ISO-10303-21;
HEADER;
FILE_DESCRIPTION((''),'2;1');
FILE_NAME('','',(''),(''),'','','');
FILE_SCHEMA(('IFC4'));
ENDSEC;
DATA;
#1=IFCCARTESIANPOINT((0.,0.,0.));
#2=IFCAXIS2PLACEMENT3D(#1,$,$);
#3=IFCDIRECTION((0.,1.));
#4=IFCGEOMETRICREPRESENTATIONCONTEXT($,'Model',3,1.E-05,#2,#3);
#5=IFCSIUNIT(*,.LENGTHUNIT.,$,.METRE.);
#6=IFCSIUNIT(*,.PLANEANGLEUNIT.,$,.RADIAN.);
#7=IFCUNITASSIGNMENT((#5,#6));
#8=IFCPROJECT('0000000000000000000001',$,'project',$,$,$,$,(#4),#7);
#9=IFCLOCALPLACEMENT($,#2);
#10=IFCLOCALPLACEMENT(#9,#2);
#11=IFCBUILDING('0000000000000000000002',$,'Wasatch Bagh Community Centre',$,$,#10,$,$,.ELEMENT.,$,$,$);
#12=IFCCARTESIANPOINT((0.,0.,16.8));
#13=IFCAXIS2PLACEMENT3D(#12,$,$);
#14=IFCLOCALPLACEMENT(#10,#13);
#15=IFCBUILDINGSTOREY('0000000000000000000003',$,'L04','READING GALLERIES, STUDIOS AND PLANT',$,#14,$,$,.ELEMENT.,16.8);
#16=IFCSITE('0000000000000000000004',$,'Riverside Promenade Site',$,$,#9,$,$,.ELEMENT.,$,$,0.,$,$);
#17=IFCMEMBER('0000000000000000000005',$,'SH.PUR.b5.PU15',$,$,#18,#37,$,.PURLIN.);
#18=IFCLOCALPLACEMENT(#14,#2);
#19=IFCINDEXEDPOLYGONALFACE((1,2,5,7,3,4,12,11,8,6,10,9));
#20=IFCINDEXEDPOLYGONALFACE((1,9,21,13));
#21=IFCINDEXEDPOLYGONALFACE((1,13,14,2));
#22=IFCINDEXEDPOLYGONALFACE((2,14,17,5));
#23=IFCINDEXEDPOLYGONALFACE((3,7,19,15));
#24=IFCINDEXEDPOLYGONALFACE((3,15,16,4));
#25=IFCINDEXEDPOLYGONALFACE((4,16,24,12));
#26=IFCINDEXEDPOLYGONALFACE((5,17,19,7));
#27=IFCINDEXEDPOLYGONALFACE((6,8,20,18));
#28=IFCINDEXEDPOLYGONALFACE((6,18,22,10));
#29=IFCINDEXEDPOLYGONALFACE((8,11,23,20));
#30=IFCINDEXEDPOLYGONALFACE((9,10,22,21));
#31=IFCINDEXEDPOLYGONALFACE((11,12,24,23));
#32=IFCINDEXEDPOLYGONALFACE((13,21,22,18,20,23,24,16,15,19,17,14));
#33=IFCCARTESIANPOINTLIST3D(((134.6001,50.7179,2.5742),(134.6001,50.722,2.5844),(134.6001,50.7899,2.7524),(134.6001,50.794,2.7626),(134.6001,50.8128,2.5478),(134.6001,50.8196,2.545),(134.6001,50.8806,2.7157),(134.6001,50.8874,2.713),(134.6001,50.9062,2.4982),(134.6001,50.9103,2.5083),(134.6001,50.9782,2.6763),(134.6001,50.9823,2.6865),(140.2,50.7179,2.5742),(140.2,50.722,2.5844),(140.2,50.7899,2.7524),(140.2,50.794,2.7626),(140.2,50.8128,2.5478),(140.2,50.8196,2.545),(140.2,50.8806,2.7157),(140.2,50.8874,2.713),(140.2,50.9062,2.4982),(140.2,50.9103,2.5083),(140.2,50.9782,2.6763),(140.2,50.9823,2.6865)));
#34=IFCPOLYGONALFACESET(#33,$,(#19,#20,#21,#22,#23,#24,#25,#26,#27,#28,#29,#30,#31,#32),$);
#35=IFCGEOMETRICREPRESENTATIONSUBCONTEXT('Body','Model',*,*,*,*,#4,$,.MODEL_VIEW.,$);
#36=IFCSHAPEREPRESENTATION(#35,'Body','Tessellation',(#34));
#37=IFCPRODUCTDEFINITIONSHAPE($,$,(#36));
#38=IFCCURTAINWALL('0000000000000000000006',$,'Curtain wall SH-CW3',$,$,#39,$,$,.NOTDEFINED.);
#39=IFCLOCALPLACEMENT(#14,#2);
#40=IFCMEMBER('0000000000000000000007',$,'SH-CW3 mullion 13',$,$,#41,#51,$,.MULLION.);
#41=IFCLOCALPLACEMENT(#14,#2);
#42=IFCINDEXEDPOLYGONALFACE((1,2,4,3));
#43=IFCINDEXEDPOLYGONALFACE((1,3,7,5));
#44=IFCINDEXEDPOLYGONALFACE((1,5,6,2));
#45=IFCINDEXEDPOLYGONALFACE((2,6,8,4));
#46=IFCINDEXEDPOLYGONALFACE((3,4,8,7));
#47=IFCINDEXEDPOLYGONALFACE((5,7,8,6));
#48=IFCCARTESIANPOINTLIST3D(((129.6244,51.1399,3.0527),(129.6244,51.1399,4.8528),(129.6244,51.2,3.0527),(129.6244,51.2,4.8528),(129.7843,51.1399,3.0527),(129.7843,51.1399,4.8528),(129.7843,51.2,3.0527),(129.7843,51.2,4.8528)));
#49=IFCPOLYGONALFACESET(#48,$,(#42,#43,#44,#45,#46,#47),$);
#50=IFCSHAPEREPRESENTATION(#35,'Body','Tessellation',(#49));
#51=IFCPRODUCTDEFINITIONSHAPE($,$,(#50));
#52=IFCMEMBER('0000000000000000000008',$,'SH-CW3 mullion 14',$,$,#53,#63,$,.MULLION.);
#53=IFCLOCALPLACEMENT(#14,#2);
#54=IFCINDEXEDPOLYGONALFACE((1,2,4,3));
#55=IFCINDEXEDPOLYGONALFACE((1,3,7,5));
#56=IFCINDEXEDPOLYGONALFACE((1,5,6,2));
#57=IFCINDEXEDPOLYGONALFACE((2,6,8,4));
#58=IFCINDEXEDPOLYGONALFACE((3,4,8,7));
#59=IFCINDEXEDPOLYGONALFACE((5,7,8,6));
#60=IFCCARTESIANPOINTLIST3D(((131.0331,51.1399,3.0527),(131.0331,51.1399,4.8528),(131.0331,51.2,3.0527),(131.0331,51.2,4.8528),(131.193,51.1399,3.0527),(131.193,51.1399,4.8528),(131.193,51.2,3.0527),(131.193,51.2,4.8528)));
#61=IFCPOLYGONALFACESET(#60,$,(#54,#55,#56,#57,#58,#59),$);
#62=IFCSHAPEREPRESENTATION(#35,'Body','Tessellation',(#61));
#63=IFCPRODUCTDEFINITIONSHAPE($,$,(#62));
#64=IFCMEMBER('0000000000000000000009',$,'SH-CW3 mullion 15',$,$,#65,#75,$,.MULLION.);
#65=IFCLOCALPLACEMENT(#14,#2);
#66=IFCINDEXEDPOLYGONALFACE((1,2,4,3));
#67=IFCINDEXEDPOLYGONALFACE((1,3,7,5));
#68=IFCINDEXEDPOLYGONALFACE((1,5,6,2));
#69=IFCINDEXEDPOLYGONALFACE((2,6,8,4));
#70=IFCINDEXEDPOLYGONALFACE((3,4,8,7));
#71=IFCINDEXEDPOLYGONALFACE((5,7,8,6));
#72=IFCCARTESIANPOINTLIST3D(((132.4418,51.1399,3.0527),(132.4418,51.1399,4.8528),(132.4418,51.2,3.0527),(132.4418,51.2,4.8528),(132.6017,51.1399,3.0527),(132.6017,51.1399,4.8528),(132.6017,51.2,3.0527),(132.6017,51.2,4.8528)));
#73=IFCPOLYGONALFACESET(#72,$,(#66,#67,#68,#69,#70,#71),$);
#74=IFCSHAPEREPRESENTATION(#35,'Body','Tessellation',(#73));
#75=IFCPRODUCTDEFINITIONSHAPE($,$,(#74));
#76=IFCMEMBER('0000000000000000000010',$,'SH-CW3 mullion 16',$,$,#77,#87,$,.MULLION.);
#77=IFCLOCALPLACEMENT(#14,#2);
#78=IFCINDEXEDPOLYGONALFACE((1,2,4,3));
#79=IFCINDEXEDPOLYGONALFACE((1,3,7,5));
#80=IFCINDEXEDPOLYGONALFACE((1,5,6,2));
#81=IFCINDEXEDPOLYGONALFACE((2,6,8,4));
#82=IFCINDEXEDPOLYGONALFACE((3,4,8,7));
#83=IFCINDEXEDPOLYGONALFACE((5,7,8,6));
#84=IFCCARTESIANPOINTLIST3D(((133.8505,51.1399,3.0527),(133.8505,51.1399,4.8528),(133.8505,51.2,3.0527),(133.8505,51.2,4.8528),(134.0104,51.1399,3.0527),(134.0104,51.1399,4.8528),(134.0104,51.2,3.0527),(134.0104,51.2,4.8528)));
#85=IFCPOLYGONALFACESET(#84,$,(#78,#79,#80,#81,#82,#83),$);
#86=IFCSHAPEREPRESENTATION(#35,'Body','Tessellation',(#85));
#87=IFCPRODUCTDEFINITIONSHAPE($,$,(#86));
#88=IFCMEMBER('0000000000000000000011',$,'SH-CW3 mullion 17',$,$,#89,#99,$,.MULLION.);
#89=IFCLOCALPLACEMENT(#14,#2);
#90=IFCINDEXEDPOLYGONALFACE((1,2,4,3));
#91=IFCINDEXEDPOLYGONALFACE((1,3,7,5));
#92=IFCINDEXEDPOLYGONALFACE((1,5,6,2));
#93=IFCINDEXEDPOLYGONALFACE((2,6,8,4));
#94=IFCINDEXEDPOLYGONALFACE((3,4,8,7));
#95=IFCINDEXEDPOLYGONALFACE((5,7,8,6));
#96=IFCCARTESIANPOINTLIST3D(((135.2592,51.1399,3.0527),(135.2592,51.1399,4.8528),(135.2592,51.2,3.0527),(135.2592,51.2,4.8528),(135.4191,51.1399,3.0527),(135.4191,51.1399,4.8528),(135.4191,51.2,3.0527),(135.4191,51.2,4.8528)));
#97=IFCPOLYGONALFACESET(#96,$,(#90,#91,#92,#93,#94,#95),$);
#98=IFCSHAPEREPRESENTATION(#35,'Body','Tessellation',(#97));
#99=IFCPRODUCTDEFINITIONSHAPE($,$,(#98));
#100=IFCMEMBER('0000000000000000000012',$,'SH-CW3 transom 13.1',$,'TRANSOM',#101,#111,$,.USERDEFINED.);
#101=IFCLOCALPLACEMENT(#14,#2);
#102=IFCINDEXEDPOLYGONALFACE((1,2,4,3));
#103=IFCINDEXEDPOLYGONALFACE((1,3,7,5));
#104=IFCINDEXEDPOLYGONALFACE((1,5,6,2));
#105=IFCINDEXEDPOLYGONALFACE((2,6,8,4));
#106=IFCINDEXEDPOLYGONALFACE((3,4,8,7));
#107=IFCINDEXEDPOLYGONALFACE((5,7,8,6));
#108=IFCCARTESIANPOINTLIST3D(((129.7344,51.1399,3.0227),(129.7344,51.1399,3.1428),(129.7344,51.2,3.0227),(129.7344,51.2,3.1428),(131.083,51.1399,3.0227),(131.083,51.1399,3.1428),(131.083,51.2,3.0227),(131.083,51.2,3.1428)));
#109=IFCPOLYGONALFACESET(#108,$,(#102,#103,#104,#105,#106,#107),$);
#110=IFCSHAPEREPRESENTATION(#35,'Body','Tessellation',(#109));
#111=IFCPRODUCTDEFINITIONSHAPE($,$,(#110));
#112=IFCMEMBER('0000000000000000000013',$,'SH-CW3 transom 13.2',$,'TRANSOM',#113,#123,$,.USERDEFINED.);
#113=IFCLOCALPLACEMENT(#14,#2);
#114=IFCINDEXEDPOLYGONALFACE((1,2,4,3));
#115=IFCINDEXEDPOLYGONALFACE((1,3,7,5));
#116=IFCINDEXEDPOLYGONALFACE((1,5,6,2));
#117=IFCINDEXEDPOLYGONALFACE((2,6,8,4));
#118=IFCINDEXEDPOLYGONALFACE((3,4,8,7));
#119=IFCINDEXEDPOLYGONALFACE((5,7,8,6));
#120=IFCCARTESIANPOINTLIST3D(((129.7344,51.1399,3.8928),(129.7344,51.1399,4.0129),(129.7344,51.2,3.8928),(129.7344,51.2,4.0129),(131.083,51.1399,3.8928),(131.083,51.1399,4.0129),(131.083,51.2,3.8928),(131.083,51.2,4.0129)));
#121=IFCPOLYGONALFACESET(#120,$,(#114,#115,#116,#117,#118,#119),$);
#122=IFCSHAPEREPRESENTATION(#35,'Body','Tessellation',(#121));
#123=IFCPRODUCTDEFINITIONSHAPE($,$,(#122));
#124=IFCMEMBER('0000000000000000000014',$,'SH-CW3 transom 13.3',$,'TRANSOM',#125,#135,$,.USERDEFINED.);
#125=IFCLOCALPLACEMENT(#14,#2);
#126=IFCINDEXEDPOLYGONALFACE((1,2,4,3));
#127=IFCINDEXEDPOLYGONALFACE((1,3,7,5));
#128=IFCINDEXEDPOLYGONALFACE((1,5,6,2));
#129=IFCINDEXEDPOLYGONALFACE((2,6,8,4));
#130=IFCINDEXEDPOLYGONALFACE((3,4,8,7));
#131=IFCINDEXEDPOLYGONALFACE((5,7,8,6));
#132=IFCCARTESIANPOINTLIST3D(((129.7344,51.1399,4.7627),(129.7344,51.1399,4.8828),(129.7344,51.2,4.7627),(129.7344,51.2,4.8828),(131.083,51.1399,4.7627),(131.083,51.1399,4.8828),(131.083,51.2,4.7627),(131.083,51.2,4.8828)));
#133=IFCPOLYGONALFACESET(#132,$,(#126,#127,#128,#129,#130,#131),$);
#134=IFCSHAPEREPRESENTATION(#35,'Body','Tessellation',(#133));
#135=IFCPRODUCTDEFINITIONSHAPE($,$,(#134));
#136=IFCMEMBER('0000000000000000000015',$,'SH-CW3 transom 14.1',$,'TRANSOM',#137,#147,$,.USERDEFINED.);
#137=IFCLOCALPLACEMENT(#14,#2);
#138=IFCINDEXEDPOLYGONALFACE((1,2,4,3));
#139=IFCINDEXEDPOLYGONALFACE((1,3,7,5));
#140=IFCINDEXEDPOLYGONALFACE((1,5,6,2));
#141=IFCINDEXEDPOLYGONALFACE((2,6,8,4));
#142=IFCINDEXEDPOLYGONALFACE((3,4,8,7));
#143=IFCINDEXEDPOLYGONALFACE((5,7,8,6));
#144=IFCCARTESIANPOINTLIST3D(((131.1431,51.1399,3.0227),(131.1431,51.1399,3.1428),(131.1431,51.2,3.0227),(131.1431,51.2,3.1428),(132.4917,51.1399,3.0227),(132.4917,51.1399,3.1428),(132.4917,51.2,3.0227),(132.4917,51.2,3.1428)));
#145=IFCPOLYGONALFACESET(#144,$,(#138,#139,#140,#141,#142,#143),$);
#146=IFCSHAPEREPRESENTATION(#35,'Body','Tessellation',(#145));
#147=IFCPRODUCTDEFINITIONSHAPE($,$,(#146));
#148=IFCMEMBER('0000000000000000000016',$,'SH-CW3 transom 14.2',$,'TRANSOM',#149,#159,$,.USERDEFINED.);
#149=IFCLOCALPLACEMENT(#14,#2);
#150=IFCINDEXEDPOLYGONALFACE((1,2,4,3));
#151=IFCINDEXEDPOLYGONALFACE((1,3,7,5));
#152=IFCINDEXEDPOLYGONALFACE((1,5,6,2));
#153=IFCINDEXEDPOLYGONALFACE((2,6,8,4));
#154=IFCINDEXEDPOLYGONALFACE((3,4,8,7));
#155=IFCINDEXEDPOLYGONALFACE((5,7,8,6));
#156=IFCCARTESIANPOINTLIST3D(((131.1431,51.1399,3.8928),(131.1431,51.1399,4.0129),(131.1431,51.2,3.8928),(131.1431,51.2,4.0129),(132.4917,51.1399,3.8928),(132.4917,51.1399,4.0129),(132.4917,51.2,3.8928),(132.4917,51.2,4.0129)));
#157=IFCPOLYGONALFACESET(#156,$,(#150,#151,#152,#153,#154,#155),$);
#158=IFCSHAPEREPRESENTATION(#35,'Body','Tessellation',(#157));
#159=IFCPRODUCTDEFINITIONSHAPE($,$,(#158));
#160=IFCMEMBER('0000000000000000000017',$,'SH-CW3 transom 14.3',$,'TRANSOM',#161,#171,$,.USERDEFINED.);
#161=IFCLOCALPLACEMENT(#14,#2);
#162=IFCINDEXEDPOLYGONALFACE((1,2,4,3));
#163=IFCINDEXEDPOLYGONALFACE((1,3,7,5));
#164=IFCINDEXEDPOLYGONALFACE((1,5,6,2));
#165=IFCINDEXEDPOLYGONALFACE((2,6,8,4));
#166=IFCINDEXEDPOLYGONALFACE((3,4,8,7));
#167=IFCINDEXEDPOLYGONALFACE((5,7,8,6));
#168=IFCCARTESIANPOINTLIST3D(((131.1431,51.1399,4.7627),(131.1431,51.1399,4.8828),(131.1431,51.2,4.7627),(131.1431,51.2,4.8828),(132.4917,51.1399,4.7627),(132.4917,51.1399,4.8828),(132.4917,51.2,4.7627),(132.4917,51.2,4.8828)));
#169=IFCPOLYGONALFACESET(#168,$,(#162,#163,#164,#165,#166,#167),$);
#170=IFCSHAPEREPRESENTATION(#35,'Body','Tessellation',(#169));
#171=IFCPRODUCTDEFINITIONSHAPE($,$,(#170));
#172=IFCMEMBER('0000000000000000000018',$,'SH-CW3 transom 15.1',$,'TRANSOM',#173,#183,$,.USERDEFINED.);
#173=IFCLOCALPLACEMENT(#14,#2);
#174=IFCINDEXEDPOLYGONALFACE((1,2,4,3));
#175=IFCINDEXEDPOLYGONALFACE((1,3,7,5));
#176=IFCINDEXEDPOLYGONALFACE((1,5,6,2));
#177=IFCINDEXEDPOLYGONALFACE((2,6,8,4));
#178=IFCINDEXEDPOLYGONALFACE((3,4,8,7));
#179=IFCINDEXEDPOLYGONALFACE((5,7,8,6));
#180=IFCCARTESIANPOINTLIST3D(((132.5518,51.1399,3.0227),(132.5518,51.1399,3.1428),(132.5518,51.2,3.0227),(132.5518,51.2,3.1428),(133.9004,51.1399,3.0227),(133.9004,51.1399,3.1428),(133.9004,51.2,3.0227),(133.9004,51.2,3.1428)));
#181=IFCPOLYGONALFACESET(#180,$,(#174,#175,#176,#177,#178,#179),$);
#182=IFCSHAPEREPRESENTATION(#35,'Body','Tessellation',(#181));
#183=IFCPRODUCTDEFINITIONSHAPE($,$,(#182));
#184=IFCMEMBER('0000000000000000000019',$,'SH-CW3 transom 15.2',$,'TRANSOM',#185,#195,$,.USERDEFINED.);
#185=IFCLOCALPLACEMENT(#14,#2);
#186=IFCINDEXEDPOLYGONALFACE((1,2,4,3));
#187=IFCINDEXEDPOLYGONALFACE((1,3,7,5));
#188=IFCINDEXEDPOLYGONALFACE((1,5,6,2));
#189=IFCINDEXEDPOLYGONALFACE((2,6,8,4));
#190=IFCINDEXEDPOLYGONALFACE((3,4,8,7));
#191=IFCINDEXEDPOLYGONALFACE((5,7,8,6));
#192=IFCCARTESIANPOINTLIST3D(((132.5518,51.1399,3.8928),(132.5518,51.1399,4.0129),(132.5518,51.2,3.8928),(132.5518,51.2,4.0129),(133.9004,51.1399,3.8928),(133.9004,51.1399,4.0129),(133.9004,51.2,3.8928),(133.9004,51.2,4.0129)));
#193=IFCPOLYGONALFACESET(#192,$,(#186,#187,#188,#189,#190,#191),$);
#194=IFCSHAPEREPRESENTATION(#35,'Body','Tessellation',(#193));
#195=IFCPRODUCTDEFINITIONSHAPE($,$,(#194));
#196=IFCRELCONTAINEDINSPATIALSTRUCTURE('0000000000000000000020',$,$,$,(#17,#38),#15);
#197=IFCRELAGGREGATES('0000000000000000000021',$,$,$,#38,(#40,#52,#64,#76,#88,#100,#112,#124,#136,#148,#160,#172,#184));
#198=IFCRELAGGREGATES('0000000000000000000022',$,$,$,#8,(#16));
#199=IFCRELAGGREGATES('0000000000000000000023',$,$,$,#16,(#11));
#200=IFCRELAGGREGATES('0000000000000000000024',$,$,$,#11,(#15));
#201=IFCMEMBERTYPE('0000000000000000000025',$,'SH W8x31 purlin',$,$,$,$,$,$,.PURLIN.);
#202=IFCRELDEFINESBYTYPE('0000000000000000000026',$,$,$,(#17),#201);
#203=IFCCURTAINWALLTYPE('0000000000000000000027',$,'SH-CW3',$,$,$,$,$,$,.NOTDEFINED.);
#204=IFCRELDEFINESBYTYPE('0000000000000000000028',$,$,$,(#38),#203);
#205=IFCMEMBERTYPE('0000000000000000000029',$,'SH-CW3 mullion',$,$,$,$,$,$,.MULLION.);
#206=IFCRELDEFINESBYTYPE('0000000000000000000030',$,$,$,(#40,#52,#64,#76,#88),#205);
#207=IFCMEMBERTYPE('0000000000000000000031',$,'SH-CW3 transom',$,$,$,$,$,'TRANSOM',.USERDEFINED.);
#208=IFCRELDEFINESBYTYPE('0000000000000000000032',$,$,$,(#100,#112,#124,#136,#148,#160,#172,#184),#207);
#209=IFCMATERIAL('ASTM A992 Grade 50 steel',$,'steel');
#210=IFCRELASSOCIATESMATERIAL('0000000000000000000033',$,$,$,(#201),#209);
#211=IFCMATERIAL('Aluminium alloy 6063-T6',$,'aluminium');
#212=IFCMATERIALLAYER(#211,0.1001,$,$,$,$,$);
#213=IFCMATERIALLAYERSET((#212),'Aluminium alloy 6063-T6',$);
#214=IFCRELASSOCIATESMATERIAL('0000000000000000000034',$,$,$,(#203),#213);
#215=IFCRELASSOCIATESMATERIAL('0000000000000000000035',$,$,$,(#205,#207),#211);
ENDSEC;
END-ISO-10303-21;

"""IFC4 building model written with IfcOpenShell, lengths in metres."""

from ifc_helpers import new_model, si_unit, direction, frame, origin, origin_2d, place, context, subcontext, project, spatial, rectangle, i_section, extrude, material, layer, layer_set, material_profile, profile_set, type_object, element, aggregate, save


model = new_model("IFC4")

# Units and contexts
model_context = context("Model", 3, precision=1e-05, world=origin(), true_north=direction((0.0, 1.0)))
body_context = subcontext(model_context, "Body", "Model", "MODEL_VIEW")
ifc_project = project(units=[si_unit("LENGTHUNIT", "METRE"), si_unit("PLANEANGLEUNIT", "RADIAN")], contexts=[model_context])

# Site, building, storey
site_placement = place(None, origin())
site = spatial("IfcSite", under=ifc_project, at=site_placement, Name="Riverside Promenade Site", CompositionType="ELEMENT", RefElevation=0.0)
building_placement = place(site_placement, origin())
building = spatial("IfcBuilding", under=site, at=building_placement, Name="Wasatch Bagh Community Centre", CompositionType="ELEMENT")
storey_placement = place(building_placement, frame((0.0, 0.0, 16.8)))
storey = spatial("IfcBuildingStorey", under=building, at=storey_placement, Name="L04", Description="READING GALLERIES, STUDIOS AND PLANT", CompositionType="ELEMENT", Elevation=16.8)

# Member
ifc_material_1 = material(Name="ASTM A992 Grade 50 steel", Category="steel")
ifc_material_profile_1 = material_profile(ifc_material_1, i_section(OverallWidth=0.2031, OverallDepth=0.2031, WebThickness=0.0073, FlangeThickness=0.011, at=origin_2d()), Name="W8x31")
ifc_profile_set_1 = profile_set([ifc_material_profile_1], Name="ASTM A992 Grade 50 steel")
member_type_1 = type_object("IfcMemberType", Name="SH W8x31 purlin", PredefinedType="PURLIN", material=ifc_profile_set_1)
member_1_placement = place(storey_placement, frame((134.6001, 50.8501, 2.6304), z_axis=(1.0, 0.0, 0.0), x_axis=(0.0, 0.927184, -0.374607)))
element("IfcMember", 1, at=member_1_placement, inside=storey, type_object=member_type_1, Name="SH.PUR.b5.PU15", PredefinedType="PURLIN", context=body_context, shape_type="SweptSolid", body=[
    extrude(i_section(OverallWidth=0.2031, OverallDepth=0.2031, WebThickness=0.0073, FlangeThickness=0.011, at=origin_2d()), origin(), (0.0, 0.0, 1.0), 5.5999),
])

# Curtain wall, members
ifc_material_2 = material(Name="Aluminium alloy 6063-T6", Category="aluminium")
ifc_layer_1 = layer(ifc_material_2, 0.1001)
ifc_layer_set_1 = layer_set([ifc_layer_1], Name="Aluminium alloy 6063-T6")
curtain_wall_type = type_object("IfcCurtainWallType", Name="SH-CW3", PredefinedType="NOTDEFINED", material=ifc_layer_set_1)
curtain_wall_placement = place(storey_placement, origin())
curtain_wall = element("IfcCurtainWall", 2, at=curtain_wall_placement, inside=storey, type_object=curtain_wall_type, Name="Curtain wall SH-CW3", PredefinedType="NOTDEFINED")
ifc_material_profile_2 = material_profile(ifc_material_2, rectangle(XDim=0.0601, YDim=0.1599, at=origin_2d()), Name="AL 60x160")
ifc_profile_set_2 = profile_set([ifc_material_profile_2], Name="Aluminium alloy 6063-T6")
member_type_2 = type_object("IfcMemberType", Name="SH-CW3 mullion", PredefinedType="MULLION", material=ifc_profile_set_2)
member_2_placement = place(storey_placement, frame((129.7043, 51.1699, 3.0527), z_axis=(0.0, 0.0, 1.0), x_axis=(0.0, 1.0, 0.0)))
member_2 = element("IfcMember", 3, at=member_2_placement, type_object=member_type_2, Name="SH-CW3 mullion 13", PredefinedType="MULLION", context=body_context, shape_type="SweptSolid", body=[
    extrude(rectangle(XDim=0.0601, YDim=0.1599, at=origin_2d()), origin(), (0.0, 0.0, 1.0), 1.8),
])
member_3_placement = place(storey_placement, frame((131.113, 51.1699, 3.0527), z_axis=(0.0, 0.0, 1.0), x_axis=(0.0, 1.0, 0.0)))
member_3 = element("IfcMember", 4, at=member_3_placement, type_object=member_type_2, Name="SH-CW3 mullion 14", PredefinedType="MULLION", context=body_context, shape_type="SweptSolid", body=[
    extrude(rectangle(XDim=0.0601, YDim=0.1599, at=origin_2d()), origin(), (0.0, 0.0, 1.0), 1.8),
])
member_4_placement = place(storey_placement, frame((132.5217, 51.1699, 3.0527), z_axis=(0.0, 0.0, 1.0), x_axis=(0.0, 1.0, 0.0)))
member_4 = element("IfcMember", 5, at=member_4_placement, type_object=member_type_2, Name="SH-CW3 mullion 15", PredefinedType="MULLION", context=body_context, shape_type="SweptSolid", body=[
    extrude(rectangle(XDim=0.0601, YDim=0.1599, at=origin_2d()), origin(), (0.0, 0.0, 1.0), 1.8),
])
member_5_placement = place(storey_placement, frame((133.9304, 51.1699, 3.0527), z_axis=(0.0, 0.0, 1.0), x_axis=(0.0, 1.0, 0.0)))
member_5 = element("IfcMember", 6, at=member_5_placement, type_object=member_type_2, Name="SH-CW3 mullion 16", PredefinedType="MULLION", context=body_context, shape_type="SweptSolid", body=[
    extrude(rectangle(XDim=0.0601, YDim=0.1599, at=origin_2d()), origin(), (0.0, 0.0, 1.0), 1.8),
])
member_6_placement = place(storey_placement, frame((135.3391, 51.1699, 3.0527), z_axis=(0.0, 0.0, 1.0), x_axis=(0.0, 1.0, 0.0)))
member_6 = element("IfcMember", 7, at=member_6_placement, type_object=member_type_2, Name="SH-CW3 mullion 17", PredefinedType="MULLION", context=body_context, shape_type="SweptSolid", body=[
    extrude(rectangle(XDim=0.0601, YDim=0.1599, at=origin_2d()), origin(), (0.0, 0.0, 1.0), 1.8),
])
ifc_material_profile_3 = material_profile(ifc_material_2, rectangle(XDim=0.0601, YDim=0.1201, at=origin_2d()), Name="AL 60x120")
ifc_profile_set_3 = profile_set([ifc_material_profile_3], Name="Aluminium alloy 6063-T6")
member_type_3 = type_object("IfcMemberType", Name="SH-CW3 transom", ElementType="TRANSOM", PredefinedType="USERDEFINED", material=ifc_profile_set_3)
member_7_placement = place(storey_placement, frame((129.7344, 51.1699, 3.0828), z_axis=(1.0, 0.0, 0.0), x_axis=(0.0, 1.0, 0.0)))
member_7 = element("IfcMember", 8, at=member_7_placement, type_object=member_type_3, Name="SH-CW3 transom 13.1", ObjectType="TRANSOM", PredefinedType="USERDEFINED", context=body_context, shape_type="SweptSolid", body=[
    extrude(rectangle(XDim=0.0601, YDim=0.1201, at=origin_2d()), origin(), (0.0, 0.0, 1.0), 1.3486),
])
member_8_placement = place(storey_placement, frame((129.7344, 51.1699, 3.9529), z_axis=(1.0, 0.0, 0.0), x_axis=(0.0, 1.0, 0.0)))
member_8 = element("IfcMember", 9, at=member_8_placement, type_object=member_type_3, Name="SH-CW3 transom 13.2", ObjectType="TRANSOM", PredefinedType="USERDEFINED", context=body_context, shape_type="SweptSolid", body=[
    extrude(rectangle(XDim=0.0601, YDim=0.1201, at=origin_2d()), origin(), (0.0, 0.0, 1.0), 1.3486),
])
member_9_placement = place(storey_placement, frame((129.7344, 51.1699, 4.8228), z_axis=(1.0, 0.0, 0.0), x_axis=(0.0, 1.0, 0.0)))
member_9 = element("IfcMember", 10, at=member_9_placement, type_object=member_type_3, Name="SH-CW3 transom 13.3", ObjectType="TRANSOM", PredefinedType="USERDEFINED", context=body_context, shape_type="SweptSolid", body=[
    extrude(rectangle(XDim=0.0601, YDim=0.1201, at=origin_2d()), origin(), (0.0, 0.0, 1.0), 1.3486),
])
member_10_placement = place(storey_placement, frame((131.1431, 51.1699, 3.0828), z_axis=(1.0, 0.0, 0.0), x_axis=(0.0, 1.0, 0.0)))
member_10 = element("IfcMember", 11, at=member_10_placement, type_object=member_type_3, Name="SH-CW3 transom 14.1", ObjectType="TRANSOM", PredefinedType="USERDEFINED", context=body_context, shape_type="SweptSolid", body=[
    extrude(rectangle(XDim=0.0601, YDim=0.1201, at=origin_2d()), origin(), (0.0, 0.0, 1.0), 1.3486),
])
member_11_placement = place(storey_placement, frame((131.1431, 51.1699, 3.9529), z_axis=(1.0, 0.0, 0.0), x_axis=(0.0, 1.0, 0.0)))
member_11 = element("IfcMember", 12, at=member_11_placement, type_object=member_type_3, Name="SH-CW3 transom 14.2", ObjectType="TRANSOM", PredefinedType="USERDEFINED", context=body_context, shape_type="SweptSolid", body=[
    extrude(rectangle(XDim=0.0601, YDim=0.1201, at=origin_2d()), origin(), (0.0, 0.0, 1.0), 1.3486),
])
member_12_placement = place(storey_placement, frame((131.1431, 51.1699, 4.8228), z_axis=(1.0, 0.0, 0.0), x_axis=(0.0, 1.0, 0.0)))
member_12 = element("IfcMember", 13, at=member_12_placement, type_object=member_type_3, Name="SH-CW3 transom 14.3", ObjectType="TRANSOM", PredefinedType="USERDEFINED", context=body_context, shape_type="SweptSolid", body=[
    extrude(rectangle(XDim=0.0601, YDim=0.1201, at=origin_2d()), origin(), (0.0, 0.0, 1.0), 1.3486),
])
member_13_placement = place(storey_placement, frame((132.5518, 51.1699, 3.0828), z_axis=(1.0, 0.0, 0.0), x_axis=(0.0, 1.0, 0.0)))
member_13 = element("IfcMember", 14, at=member_13_placement, type_object=member_type_3, Name="SH-CW3 transom 15.1", ObjectType="TRANSOM", PredefinedType="USERDEFINED", context=body_context, shape_type="SweptSolid", body=[
    extrude(rectangle(XDim=0.0601, YDim=0.1201, at=origin_2d()), origin(), (0.0, 0.0, 1.0), 1.3486),
])
member_14_placement = place(storey_placement, frame((132.5518, 51.1699, 3.9529), z_axis=(1.0, 0.0, 0.0), x_axis=(0.0, 1.0, 0.0)))
member_14 = element("IfcMember", 15, at=member_14_placement, type_object=member_type_3, Name="SH-CW3 transom 15.2", ObjectType="TRANSOM", PredefinedType="USERDEFINED", context=body_context, shape_type="SweptSolid", body=[
    extrude(rectangle(XDim=0.0601, YDim=0.1201, at=origin_2d()), origin(), (0.0, 0.0, 1.0), 1.3486),
])
aggregate(curtain_wall, [member_2, member_3, member_4, member_5, member_6, member_7, member_8, member_9, member_10, member_11, member_12, member_13, member_14])

save(model, "model.ifc")
